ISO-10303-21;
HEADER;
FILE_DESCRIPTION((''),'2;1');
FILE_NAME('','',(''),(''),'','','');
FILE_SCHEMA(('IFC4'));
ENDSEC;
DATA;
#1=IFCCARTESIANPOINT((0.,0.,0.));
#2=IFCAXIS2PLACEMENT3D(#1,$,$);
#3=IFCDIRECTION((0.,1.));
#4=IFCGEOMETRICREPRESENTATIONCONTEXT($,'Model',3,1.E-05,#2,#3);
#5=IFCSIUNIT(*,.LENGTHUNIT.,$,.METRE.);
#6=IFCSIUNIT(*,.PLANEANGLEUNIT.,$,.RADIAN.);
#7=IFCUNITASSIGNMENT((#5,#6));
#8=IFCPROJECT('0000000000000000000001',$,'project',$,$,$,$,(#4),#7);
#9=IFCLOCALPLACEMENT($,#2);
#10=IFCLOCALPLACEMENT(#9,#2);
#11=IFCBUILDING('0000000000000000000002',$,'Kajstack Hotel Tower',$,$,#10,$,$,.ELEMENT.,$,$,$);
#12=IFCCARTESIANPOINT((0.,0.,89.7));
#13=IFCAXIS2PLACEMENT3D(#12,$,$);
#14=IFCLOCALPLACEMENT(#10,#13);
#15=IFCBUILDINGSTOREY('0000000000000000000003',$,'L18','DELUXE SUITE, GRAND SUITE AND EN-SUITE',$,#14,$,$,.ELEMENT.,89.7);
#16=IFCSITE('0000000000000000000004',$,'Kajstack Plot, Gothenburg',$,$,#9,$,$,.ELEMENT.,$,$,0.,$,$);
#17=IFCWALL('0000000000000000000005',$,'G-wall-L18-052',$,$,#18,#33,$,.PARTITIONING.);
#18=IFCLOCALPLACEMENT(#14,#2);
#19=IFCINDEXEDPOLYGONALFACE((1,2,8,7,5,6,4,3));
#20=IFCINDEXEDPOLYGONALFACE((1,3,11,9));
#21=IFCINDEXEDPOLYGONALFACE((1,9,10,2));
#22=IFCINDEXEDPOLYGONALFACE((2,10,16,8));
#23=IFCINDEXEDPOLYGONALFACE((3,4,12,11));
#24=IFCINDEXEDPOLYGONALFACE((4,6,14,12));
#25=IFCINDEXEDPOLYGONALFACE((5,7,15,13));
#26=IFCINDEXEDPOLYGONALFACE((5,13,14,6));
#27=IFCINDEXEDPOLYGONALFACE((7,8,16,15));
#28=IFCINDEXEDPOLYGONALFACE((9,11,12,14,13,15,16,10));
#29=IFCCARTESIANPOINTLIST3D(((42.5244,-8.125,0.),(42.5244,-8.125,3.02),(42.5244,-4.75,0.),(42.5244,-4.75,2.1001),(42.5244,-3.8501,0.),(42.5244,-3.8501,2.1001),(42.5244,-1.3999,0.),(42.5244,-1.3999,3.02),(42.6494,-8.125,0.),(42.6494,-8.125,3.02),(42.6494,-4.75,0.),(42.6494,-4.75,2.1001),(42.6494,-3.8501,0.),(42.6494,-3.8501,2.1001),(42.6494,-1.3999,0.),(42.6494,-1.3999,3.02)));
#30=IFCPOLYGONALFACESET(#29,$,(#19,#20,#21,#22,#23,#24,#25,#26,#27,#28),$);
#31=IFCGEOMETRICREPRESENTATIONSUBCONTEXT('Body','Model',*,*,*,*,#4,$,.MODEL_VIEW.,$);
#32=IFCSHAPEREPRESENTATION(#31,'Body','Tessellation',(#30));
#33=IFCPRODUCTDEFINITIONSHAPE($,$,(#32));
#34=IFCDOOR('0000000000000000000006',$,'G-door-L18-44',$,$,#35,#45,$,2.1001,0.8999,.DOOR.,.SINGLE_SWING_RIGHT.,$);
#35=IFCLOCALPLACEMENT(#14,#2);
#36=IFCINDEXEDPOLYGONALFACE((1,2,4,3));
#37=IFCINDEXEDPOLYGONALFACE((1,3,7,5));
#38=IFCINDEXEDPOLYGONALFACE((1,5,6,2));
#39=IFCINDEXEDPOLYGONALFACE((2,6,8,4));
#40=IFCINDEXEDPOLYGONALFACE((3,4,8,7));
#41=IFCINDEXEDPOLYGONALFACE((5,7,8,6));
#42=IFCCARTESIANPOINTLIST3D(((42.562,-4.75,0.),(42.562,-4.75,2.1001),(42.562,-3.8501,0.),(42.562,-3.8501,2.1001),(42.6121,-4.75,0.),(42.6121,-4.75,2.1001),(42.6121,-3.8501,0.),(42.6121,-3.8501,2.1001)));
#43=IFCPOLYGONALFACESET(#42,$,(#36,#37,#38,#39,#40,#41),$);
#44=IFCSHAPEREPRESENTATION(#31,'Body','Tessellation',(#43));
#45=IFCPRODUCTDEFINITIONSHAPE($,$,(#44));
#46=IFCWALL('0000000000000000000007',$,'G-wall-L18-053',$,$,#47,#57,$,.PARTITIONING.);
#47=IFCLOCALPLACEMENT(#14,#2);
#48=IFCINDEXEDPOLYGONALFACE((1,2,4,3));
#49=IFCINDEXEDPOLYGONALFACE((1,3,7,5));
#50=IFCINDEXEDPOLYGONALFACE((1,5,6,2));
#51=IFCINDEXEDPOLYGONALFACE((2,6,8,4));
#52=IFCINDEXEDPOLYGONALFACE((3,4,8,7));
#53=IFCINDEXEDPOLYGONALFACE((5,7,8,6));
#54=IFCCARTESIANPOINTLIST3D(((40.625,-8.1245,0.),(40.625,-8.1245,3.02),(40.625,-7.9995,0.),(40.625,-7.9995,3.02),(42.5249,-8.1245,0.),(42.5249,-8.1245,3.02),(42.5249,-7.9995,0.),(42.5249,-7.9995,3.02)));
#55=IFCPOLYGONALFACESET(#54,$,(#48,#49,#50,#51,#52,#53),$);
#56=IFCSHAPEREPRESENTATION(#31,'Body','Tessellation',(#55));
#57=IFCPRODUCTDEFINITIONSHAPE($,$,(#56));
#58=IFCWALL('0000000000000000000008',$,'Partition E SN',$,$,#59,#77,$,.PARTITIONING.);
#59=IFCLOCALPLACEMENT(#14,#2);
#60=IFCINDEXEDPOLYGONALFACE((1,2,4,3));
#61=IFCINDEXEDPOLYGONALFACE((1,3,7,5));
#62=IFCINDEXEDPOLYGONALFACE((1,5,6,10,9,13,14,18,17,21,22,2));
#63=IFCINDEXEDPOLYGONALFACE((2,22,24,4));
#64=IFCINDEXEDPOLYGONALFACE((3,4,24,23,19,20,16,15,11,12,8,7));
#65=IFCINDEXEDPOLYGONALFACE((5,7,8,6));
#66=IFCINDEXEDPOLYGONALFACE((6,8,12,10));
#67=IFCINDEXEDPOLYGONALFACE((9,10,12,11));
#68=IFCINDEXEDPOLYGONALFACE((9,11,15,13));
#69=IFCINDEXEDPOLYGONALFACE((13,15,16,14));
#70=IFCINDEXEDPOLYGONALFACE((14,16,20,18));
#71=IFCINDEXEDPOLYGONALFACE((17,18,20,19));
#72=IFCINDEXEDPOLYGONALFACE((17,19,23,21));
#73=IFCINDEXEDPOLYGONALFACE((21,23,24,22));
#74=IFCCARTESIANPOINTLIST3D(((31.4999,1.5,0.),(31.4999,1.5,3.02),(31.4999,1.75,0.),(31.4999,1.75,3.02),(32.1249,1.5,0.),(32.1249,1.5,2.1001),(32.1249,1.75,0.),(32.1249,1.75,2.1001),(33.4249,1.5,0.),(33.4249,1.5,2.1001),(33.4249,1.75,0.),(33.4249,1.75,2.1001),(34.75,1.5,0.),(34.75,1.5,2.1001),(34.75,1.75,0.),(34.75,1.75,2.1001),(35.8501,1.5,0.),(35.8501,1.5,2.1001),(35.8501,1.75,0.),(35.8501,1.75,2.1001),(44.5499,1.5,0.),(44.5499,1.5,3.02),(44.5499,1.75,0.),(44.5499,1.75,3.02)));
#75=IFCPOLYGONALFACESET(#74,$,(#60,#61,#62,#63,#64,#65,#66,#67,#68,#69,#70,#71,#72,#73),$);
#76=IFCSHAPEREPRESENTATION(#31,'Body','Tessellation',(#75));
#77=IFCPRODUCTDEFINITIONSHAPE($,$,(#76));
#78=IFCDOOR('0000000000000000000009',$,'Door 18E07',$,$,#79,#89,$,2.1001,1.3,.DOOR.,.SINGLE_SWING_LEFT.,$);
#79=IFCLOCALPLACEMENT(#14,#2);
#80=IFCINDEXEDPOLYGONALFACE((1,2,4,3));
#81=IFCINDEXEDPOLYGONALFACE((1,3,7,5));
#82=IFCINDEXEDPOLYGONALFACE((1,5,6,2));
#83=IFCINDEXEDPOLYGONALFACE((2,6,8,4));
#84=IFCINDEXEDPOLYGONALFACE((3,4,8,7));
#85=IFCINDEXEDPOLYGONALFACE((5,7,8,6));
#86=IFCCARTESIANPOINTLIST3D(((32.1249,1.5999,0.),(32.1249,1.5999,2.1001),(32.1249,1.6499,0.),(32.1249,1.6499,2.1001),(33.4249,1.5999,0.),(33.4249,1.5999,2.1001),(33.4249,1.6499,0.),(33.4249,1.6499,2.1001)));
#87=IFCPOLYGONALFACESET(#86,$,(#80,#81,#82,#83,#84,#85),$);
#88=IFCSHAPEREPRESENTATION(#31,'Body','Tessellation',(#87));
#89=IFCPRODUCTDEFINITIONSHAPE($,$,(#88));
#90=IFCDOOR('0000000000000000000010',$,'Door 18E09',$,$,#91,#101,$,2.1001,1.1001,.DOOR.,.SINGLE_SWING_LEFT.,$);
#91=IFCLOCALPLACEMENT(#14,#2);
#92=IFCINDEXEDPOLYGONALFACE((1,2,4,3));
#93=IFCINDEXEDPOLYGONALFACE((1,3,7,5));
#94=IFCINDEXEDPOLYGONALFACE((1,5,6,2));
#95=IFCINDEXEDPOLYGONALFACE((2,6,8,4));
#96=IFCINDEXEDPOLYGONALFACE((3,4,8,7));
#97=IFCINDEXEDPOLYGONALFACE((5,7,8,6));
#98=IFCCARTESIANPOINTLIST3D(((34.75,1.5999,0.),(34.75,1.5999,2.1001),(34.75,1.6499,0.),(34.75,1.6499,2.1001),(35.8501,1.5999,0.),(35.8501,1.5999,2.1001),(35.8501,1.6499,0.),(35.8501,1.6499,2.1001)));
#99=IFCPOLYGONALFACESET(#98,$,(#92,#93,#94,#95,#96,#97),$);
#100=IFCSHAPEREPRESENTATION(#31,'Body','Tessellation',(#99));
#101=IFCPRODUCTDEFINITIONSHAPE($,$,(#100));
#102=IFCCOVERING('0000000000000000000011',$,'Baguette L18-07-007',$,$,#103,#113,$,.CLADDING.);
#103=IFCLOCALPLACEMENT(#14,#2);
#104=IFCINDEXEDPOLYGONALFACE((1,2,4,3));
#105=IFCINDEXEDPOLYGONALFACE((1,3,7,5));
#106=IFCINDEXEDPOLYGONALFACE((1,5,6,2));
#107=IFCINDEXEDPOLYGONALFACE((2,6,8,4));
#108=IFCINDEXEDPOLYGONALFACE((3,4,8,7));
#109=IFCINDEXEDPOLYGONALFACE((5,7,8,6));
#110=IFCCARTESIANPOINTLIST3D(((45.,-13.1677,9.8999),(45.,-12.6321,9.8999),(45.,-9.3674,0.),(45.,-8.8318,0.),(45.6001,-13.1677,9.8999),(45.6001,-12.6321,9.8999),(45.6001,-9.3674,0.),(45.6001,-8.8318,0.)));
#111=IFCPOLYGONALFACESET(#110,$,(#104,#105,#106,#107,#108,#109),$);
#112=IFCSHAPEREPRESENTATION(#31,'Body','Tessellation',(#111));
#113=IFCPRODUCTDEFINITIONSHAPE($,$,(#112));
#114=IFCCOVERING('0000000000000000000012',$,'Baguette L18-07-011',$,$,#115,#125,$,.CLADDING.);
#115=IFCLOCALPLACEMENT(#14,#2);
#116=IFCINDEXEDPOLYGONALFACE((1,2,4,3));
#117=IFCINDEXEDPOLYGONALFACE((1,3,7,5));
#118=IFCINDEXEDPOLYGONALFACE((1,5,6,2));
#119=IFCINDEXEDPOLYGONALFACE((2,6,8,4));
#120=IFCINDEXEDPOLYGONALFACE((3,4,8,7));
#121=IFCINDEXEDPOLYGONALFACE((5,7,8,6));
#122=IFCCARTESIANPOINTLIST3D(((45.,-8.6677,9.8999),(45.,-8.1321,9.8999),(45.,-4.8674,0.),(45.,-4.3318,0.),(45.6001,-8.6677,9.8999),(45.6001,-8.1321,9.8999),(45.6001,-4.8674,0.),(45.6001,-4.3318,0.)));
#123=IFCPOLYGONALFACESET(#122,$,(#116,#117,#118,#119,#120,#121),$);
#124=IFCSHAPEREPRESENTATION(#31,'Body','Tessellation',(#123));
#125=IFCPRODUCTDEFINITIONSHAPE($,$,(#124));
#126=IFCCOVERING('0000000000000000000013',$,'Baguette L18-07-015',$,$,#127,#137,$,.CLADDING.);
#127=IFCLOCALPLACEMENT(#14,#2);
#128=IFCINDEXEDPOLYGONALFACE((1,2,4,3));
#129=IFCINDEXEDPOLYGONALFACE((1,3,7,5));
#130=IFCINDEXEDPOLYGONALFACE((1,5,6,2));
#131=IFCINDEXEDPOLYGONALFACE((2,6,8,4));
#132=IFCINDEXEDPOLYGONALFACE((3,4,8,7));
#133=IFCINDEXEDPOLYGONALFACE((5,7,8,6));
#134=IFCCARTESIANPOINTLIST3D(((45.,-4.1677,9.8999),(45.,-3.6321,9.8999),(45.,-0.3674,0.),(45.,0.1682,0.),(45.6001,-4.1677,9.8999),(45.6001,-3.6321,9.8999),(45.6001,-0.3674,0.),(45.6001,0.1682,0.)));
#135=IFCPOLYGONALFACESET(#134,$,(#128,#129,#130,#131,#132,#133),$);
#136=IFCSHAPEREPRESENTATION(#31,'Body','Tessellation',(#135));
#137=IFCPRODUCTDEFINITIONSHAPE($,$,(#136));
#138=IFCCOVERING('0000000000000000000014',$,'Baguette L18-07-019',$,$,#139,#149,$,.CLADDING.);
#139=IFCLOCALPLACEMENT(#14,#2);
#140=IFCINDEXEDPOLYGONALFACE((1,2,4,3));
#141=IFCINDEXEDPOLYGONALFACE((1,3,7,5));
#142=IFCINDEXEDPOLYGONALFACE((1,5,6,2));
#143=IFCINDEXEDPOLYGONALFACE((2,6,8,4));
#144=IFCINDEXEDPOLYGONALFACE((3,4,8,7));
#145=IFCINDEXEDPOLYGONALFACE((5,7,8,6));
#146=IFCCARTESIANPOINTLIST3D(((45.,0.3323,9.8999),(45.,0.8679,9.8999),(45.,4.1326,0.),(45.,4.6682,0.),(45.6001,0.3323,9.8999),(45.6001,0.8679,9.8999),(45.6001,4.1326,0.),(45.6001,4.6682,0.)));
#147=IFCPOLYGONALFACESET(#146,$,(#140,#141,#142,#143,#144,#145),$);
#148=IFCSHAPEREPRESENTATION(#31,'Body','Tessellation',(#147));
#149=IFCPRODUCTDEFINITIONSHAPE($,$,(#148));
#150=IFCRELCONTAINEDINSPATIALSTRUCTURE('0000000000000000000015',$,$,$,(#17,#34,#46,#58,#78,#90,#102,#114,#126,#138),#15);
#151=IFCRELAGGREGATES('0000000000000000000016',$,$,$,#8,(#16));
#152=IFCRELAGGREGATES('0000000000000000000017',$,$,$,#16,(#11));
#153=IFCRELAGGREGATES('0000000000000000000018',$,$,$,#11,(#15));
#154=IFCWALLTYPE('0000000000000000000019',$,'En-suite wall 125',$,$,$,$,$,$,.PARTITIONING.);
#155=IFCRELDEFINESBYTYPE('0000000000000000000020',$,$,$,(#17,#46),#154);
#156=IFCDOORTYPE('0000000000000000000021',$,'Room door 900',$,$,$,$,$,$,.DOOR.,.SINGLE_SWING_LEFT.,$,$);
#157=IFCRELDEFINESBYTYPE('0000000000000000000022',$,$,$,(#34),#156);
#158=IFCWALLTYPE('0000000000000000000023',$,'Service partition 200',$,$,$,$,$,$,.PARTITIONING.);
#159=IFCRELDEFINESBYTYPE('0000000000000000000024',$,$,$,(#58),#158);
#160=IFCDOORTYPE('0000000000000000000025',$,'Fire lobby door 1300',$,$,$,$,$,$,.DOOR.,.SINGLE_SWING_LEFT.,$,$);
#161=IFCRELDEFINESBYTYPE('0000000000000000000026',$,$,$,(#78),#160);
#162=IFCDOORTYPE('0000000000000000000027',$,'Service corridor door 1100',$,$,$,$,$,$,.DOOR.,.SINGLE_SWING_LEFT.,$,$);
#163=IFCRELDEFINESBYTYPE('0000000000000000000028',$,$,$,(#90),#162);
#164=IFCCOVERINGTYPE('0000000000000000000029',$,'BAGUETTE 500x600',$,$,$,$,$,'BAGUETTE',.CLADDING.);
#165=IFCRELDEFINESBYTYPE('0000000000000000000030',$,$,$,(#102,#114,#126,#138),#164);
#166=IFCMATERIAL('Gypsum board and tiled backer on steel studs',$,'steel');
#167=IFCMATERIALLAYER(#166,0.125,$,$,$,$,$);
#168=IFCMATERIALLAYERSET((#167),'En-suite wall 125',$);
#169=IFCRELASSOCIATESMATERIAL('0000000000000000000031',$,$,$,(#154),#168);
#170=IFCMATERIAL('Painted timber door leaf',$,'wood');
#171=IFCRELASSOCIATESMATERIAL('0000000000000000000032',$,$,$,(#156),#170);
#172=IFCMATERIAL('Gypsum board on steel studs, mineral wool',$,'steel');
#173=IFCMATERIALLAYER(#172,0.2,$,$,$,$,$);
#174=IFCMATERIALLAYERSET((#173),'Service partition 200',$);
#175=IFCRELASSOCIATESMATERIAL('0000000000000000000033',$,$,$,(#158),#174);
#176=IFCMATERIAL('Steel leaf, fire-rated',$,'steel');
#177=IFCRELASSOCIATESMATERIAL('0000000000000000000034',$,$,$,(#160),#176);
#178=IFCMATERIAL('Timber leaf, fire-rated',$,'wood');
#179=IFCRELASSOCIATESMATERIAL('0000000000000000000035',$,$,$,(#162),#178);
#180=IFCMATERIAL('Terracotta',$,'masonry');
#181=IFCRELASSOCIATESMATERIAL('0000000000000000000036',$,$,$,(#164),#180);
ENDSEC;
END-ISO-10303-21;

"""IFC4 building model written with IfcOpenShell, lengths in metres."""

from ifc_helpers import new_model, si_unit, direction, frame, frame_2d, origin, origin_2d, place, context, subcontext, project, spatial, polyline, rectangle, outline, extrude, material, layer, layer_set, material_profile, profile_set, type_object, element, fill, save


model = new_model("IFC4")

# Units and contexts
model_context = context("Model", 3, precision=1e-05, world=origin(), true_north=direction((0.0, 1.0)))
body_context = subcontext(model_context, "Body", "Model", "MODEL_VIEW")
ifc_project = project(units=[si_unit("LENGTHUNIT", "METRE"), si_unit("PLANEANGLEUNIT", "RADIAN")], contexts=[model_context])

# Site, building, storey
site_placement = place(None, origin())
site = spatial("IfcSite", under=ifc_project, at=site_placement, Name="Kajstack Plot, Gothenburg", CompositionType="ELEMENT", RefElevation=0.0)
building_placement = place(site_placement, origin())
building = spatial("IfcBuilding", under=site, at=building_placement, Name="Kajstack Hotel Tower", CompositionType="ELEMENT")
storey_placement = place(building_placement, frame((0.0, 0.0, 89.7)))
storey = spatial("IfcBuildingStorey", under=building, at=storey_placement, Name="L18", Description="DELUXE SUITE, GRAND SUITE AND EN-SUITE", CompositionType="ELEMENT", Elevation=89.7)

# Shared definitions
ifc_material_1 = material(Name="Gypsum board and tiled backer on steel studs", Category="steel")
ifc_layer_1 = layer(ifc_material_1, 0.125)
ifc_layer_set_1 = layer_set([ifc_layer_1], Name="En-suite wall 125")
wall_type_1 = type_object("IfcWallType", Name="En-suite wall 125", PredefinedType="PARTITIONING", material=ifc_layer_set_1)
ifc_material_2 = material(Name="Painted timber door leaf", Category="wood")
door_type_1 = type_object("IfcDoorType", Name="Room door 900", OperationType="SINGLE_SWING_LEFT", PredefinedType="DOOR", material=ifc_material_2)

# Wall, opening, door
wall_1_placement = place(storey_placement, frame((42.5869, -8.125, 0.0), z_axis=(0.0, 0.0, 1.0), x_axis=(0.0, 1.0, 0.0)))
wall_1 = element("IfcWall", 1, at=wall_1_placement, inside=storey, type_object=wall_type_1, Name="G-wall-L18-052", PredefinedType="PARTITIONING", context=body_context, shape_type="SweptSolid", body=[
    extrude(rectangle(XDim=6.7251, YDim=0.125, at=frame_2d((3.3625, 0.0))), origin(), (0.0, 0.0, 1.0), 3.02),
])
opening_1_placement = place(wall_1_placement, frame((3.375, 0.0, 0.0)))
opening_1 = element("IfcOpeningElement", 2, at=opening_1_placement, cuts=wall_1, PredefinedType="OPENING", context=body_context, shape_type="SweptSolid", body=[
    extrude(rectangle(XDim=0.8999, YDim=2.1001, at=frame_2d((0.45, 1.05))), frame((0.0, 0.0725, 0.0), z_axis=(0.0, -1.0, 0.0), x_axis=(1.0, 0.0, 0.0)), (0.0, 0.0, 1.0), 0.145),
])
door_1_placement = place(opening_1_placement, origin())
door_1 = element("IfcDoor", 3, at=door_1_placement, inside=storey, type_object=door_type_1, Name="G-door-L18-44", OperationType="SINGLE_SWING_RIGHT", OverallHeight=2.1001, OverallWidth=0.8999, PredefinedType="DOOR", context=body_context, shape_type="SweptSolid", body=[
    extrude(rectangle(XDim=0.8999, YDim=2.1001, at=frame_2d((0.45, 1.05))), frame((0.0, 0.0249, 0.0), z_axis=(0.0, -1.0, 0.0), x_axis=(1.0, 0.0, 0.0)), (0.0, 0.0, 1.0), 0.05),
])
fill(opening_1, door_1)

# Wall
wall_2_placement = place(storey_placement, frame((40.625, -8.062, 0.0), z_axis=(0.0, 0.0, 1.0), x_axis=(1.0, 0.0, 0.0)))
element("IfcWall", 4, at=wall_2_placement, inside=storey, type_object=wall_type_1, Name="G-wall-L18-053", PredefinedType="PARTITIONING", context=body_context, shape_type="SweptSolid", body=[
    extrude(rectangle(XDim=1.8999, YDim=0.125, at=frame_2d((0.95, 0.0))), origin(), (0.0, 0.0, 1.0), 3.02),
])

# Wall, openings, doors
ifc_material_3 = material(Name="Gypsum board on steel studs, mineral wool", Category="steel")
ifc_layer_2 = layer(ifc_material_3, 0.2)
ifc_layer_set_2 = layer_set([ifc_layer_2], Name="Service partition 200")
wall_type_2 = type_object("IfcWallType", Name="Service partition 200", PredefinedType="PARTITIONING", material=ifc_layer_set_2)
wall_3_placement = place(storey_placement, frame((31.5, 1.625, 0.0), z_axis=(0.0, 0.0, 1.0), x_axis=(1.0, 0.0, 0.0)))
wall_3 = element("IfcWall", 5, at=wall_3_placement, inside=storey, type_object=wall_type_2, Name="Partition E SN", PredefinedType="PARTITIONING", context=body_context, shape_type="SweptSolid", body=[
    extrude(rectangle(XDim=13.05, YDim=0.25, at=frame_2d((6.5249, 0.0))), origin(), (0.0, 0.0, 1.0), 3.02),
])
opening_2_placement = place(wall_3_placement, frame((0.625, 0.0, 0.0)))
opening_2 = element("IfcOpeningElement", 6, at=opening_2_placement, cuts=wall_3, PredefinedType="OPENING", context=body_context, shape_type="SweptSolid", body=[
    extrude(rectangle(XDim=1.3, YDim=2.1001, at=frame_2d((0.6499, 1.05))), frame((0.0, 0.135, 0.0), z_axis=(0.0, -1.0, 0.0), x_axis=(1.0, 0.0, 0.0)), (0.0, 0.0, 1.0), 0.27),
])
opening_3_placement = place(wall_3_placement, frame((3.25, 0.0, 0.0)))
opening_3 = element("IfcOpeningElement", 7, at=opening_3_placement, cuts=wall_3, PredefinedType="OPENING", context=body_context, shape_type="SweptSolid", body=[
    extrude(rectangle(XDim=1.1001, YDim=2.1001, at=frame_2d((0.55, 1.05))), frame((0.0, 0.135, 0.0), z_axis=(0.0, -1.0, 0.0), x_axis=(1.0, 0.0, 0.0)), (0.0, 0.0, 1.0), 0.27),
])
ifc_material_4 = material(Name="Steel leaf, fire-rated", Category="steel")
door_type_2 = type_object("IfcDoorType", Name="Fire lobby door 1300", OperationType="SINGLE_SWING_LEFT", PredefinedType="DOOR", material=ifc_material_4)
door_2_placement = place(opening_2_placement, origin())
door_2 = element("IfcDoor", 8, at=door_2_placement, inside=storey, type_object=door_type_2, Name="Door 18E07", OperationType="SINGLE_SWING_LEFT", OverallHeight=2.1001, OverallWidth=1.3, PredefinedType="DOOR", context=body_context, shape_type="SweptSolid", body=[
    extrude(rectangle(XDim=1.3, YDim=2.1001, at=frame_2d((0.6499, 1.05))), frame((0.0, 0.0249, 0.0), z_axis=(0.0, -1.0, 0.0), x_axis=(1.0, 0.0, 0.0)), (0.0, 0.0, 1.0), 0.05),
])
fill(opening_2, door_2)
ifc_material_5 = material(Name="Timber leaf, fire-rated", Category="wood")
door_type_3 = type_object("IfcDoorType", Name="Service corridor door 1100", OperationType="SINGLE_SWING_LEFT", PredefinedType="DOOR", material=ifc_material_5)
door_3_placement = place(opening_3_placement, origin())
door_3 = element("IfcDoor", 9, at=door_3_placement, inside=storey, type_object=door_type_3, Name="Door 18E09", OperationType="SINGLE_SWING_LEFT", OverallHeight=2.1001, OverallWidth=1.1001, PredefinedType="DOOR", context=body_context, shape_type="SweptSolid", body=[
    extrude(rectangle(XDim=1.1001, YDim=2.1001, at=frame_2d((0.55, 1.05))), frame((0.0, 0.0249, 0.0), z_axis=(0.0, -1.0, 0.0), x_axis=(1.0, 0.0, 0.0)), (0.0, 0.0, 1.0), 0.05),
])
fill(opening_3, door_3)

# Coverings
ifc_material_6 = material(Name="Terracotta", Category="masonry")
ifc_material_profile = material_profile(ifc_material_6, rectangle(XDim=0.6001, YDim=0.5, at=origin_2d()), Name="Terracotta-clad concrete baguette 500 x 600")
ifc_profile_set = profile_set([ifc_material_profile], Name="Terracotta")
covering_type = type_object("IfcCoveringType", Name="BAGUETTE 500x600", ElementType="BAGUETTE", PredefinedType="CLADDING", material=ifc_profile_set)
for number, where, z_axis, x_axis, name in (
    (10, (45.0, -13.1677, 0.0), (1.0, 0.0, 0.0), (0.0, 1.0, 0.0), "Baguette L18-07-007"),
    (11, (45.0, -8.6677, 0.0), (1.0, 0.0, 0.0), (0.0, 1.0, 0.0), "Baguette L18-07-011"),
    (12, (45.0, -4.1677, 0.0), (1.0, 0.0, 0.0), (0.0, 1.0, 0.0), "Baguette L18-07-015"),
    (13, (45.0, 0.3323, 0.0), (1.0, 0.0, 0.0), (0.0, 1.0, 0.0), "Baguette L18-07-019"),
):
    element("IfcCovering", number, at=place(storey_placement, frame(where, z_axis=z_axis, x_axis=x_axis)), inside=storey, type_object=covering_type, Name=name, PredefinedType="CLADDING", context=body_context, shape_type="SweptSolid", body=[
        extrude(outline(polyline([(0.0, 9.8999), (3.8003, 0.0), (4.3359, 0.0), (0.5356, 9.8999), (0.0, 9.8999)])), origin(), (0.0, 0.0, 1.0), 0.6001),
    ])

save(model, "model.ifc")
